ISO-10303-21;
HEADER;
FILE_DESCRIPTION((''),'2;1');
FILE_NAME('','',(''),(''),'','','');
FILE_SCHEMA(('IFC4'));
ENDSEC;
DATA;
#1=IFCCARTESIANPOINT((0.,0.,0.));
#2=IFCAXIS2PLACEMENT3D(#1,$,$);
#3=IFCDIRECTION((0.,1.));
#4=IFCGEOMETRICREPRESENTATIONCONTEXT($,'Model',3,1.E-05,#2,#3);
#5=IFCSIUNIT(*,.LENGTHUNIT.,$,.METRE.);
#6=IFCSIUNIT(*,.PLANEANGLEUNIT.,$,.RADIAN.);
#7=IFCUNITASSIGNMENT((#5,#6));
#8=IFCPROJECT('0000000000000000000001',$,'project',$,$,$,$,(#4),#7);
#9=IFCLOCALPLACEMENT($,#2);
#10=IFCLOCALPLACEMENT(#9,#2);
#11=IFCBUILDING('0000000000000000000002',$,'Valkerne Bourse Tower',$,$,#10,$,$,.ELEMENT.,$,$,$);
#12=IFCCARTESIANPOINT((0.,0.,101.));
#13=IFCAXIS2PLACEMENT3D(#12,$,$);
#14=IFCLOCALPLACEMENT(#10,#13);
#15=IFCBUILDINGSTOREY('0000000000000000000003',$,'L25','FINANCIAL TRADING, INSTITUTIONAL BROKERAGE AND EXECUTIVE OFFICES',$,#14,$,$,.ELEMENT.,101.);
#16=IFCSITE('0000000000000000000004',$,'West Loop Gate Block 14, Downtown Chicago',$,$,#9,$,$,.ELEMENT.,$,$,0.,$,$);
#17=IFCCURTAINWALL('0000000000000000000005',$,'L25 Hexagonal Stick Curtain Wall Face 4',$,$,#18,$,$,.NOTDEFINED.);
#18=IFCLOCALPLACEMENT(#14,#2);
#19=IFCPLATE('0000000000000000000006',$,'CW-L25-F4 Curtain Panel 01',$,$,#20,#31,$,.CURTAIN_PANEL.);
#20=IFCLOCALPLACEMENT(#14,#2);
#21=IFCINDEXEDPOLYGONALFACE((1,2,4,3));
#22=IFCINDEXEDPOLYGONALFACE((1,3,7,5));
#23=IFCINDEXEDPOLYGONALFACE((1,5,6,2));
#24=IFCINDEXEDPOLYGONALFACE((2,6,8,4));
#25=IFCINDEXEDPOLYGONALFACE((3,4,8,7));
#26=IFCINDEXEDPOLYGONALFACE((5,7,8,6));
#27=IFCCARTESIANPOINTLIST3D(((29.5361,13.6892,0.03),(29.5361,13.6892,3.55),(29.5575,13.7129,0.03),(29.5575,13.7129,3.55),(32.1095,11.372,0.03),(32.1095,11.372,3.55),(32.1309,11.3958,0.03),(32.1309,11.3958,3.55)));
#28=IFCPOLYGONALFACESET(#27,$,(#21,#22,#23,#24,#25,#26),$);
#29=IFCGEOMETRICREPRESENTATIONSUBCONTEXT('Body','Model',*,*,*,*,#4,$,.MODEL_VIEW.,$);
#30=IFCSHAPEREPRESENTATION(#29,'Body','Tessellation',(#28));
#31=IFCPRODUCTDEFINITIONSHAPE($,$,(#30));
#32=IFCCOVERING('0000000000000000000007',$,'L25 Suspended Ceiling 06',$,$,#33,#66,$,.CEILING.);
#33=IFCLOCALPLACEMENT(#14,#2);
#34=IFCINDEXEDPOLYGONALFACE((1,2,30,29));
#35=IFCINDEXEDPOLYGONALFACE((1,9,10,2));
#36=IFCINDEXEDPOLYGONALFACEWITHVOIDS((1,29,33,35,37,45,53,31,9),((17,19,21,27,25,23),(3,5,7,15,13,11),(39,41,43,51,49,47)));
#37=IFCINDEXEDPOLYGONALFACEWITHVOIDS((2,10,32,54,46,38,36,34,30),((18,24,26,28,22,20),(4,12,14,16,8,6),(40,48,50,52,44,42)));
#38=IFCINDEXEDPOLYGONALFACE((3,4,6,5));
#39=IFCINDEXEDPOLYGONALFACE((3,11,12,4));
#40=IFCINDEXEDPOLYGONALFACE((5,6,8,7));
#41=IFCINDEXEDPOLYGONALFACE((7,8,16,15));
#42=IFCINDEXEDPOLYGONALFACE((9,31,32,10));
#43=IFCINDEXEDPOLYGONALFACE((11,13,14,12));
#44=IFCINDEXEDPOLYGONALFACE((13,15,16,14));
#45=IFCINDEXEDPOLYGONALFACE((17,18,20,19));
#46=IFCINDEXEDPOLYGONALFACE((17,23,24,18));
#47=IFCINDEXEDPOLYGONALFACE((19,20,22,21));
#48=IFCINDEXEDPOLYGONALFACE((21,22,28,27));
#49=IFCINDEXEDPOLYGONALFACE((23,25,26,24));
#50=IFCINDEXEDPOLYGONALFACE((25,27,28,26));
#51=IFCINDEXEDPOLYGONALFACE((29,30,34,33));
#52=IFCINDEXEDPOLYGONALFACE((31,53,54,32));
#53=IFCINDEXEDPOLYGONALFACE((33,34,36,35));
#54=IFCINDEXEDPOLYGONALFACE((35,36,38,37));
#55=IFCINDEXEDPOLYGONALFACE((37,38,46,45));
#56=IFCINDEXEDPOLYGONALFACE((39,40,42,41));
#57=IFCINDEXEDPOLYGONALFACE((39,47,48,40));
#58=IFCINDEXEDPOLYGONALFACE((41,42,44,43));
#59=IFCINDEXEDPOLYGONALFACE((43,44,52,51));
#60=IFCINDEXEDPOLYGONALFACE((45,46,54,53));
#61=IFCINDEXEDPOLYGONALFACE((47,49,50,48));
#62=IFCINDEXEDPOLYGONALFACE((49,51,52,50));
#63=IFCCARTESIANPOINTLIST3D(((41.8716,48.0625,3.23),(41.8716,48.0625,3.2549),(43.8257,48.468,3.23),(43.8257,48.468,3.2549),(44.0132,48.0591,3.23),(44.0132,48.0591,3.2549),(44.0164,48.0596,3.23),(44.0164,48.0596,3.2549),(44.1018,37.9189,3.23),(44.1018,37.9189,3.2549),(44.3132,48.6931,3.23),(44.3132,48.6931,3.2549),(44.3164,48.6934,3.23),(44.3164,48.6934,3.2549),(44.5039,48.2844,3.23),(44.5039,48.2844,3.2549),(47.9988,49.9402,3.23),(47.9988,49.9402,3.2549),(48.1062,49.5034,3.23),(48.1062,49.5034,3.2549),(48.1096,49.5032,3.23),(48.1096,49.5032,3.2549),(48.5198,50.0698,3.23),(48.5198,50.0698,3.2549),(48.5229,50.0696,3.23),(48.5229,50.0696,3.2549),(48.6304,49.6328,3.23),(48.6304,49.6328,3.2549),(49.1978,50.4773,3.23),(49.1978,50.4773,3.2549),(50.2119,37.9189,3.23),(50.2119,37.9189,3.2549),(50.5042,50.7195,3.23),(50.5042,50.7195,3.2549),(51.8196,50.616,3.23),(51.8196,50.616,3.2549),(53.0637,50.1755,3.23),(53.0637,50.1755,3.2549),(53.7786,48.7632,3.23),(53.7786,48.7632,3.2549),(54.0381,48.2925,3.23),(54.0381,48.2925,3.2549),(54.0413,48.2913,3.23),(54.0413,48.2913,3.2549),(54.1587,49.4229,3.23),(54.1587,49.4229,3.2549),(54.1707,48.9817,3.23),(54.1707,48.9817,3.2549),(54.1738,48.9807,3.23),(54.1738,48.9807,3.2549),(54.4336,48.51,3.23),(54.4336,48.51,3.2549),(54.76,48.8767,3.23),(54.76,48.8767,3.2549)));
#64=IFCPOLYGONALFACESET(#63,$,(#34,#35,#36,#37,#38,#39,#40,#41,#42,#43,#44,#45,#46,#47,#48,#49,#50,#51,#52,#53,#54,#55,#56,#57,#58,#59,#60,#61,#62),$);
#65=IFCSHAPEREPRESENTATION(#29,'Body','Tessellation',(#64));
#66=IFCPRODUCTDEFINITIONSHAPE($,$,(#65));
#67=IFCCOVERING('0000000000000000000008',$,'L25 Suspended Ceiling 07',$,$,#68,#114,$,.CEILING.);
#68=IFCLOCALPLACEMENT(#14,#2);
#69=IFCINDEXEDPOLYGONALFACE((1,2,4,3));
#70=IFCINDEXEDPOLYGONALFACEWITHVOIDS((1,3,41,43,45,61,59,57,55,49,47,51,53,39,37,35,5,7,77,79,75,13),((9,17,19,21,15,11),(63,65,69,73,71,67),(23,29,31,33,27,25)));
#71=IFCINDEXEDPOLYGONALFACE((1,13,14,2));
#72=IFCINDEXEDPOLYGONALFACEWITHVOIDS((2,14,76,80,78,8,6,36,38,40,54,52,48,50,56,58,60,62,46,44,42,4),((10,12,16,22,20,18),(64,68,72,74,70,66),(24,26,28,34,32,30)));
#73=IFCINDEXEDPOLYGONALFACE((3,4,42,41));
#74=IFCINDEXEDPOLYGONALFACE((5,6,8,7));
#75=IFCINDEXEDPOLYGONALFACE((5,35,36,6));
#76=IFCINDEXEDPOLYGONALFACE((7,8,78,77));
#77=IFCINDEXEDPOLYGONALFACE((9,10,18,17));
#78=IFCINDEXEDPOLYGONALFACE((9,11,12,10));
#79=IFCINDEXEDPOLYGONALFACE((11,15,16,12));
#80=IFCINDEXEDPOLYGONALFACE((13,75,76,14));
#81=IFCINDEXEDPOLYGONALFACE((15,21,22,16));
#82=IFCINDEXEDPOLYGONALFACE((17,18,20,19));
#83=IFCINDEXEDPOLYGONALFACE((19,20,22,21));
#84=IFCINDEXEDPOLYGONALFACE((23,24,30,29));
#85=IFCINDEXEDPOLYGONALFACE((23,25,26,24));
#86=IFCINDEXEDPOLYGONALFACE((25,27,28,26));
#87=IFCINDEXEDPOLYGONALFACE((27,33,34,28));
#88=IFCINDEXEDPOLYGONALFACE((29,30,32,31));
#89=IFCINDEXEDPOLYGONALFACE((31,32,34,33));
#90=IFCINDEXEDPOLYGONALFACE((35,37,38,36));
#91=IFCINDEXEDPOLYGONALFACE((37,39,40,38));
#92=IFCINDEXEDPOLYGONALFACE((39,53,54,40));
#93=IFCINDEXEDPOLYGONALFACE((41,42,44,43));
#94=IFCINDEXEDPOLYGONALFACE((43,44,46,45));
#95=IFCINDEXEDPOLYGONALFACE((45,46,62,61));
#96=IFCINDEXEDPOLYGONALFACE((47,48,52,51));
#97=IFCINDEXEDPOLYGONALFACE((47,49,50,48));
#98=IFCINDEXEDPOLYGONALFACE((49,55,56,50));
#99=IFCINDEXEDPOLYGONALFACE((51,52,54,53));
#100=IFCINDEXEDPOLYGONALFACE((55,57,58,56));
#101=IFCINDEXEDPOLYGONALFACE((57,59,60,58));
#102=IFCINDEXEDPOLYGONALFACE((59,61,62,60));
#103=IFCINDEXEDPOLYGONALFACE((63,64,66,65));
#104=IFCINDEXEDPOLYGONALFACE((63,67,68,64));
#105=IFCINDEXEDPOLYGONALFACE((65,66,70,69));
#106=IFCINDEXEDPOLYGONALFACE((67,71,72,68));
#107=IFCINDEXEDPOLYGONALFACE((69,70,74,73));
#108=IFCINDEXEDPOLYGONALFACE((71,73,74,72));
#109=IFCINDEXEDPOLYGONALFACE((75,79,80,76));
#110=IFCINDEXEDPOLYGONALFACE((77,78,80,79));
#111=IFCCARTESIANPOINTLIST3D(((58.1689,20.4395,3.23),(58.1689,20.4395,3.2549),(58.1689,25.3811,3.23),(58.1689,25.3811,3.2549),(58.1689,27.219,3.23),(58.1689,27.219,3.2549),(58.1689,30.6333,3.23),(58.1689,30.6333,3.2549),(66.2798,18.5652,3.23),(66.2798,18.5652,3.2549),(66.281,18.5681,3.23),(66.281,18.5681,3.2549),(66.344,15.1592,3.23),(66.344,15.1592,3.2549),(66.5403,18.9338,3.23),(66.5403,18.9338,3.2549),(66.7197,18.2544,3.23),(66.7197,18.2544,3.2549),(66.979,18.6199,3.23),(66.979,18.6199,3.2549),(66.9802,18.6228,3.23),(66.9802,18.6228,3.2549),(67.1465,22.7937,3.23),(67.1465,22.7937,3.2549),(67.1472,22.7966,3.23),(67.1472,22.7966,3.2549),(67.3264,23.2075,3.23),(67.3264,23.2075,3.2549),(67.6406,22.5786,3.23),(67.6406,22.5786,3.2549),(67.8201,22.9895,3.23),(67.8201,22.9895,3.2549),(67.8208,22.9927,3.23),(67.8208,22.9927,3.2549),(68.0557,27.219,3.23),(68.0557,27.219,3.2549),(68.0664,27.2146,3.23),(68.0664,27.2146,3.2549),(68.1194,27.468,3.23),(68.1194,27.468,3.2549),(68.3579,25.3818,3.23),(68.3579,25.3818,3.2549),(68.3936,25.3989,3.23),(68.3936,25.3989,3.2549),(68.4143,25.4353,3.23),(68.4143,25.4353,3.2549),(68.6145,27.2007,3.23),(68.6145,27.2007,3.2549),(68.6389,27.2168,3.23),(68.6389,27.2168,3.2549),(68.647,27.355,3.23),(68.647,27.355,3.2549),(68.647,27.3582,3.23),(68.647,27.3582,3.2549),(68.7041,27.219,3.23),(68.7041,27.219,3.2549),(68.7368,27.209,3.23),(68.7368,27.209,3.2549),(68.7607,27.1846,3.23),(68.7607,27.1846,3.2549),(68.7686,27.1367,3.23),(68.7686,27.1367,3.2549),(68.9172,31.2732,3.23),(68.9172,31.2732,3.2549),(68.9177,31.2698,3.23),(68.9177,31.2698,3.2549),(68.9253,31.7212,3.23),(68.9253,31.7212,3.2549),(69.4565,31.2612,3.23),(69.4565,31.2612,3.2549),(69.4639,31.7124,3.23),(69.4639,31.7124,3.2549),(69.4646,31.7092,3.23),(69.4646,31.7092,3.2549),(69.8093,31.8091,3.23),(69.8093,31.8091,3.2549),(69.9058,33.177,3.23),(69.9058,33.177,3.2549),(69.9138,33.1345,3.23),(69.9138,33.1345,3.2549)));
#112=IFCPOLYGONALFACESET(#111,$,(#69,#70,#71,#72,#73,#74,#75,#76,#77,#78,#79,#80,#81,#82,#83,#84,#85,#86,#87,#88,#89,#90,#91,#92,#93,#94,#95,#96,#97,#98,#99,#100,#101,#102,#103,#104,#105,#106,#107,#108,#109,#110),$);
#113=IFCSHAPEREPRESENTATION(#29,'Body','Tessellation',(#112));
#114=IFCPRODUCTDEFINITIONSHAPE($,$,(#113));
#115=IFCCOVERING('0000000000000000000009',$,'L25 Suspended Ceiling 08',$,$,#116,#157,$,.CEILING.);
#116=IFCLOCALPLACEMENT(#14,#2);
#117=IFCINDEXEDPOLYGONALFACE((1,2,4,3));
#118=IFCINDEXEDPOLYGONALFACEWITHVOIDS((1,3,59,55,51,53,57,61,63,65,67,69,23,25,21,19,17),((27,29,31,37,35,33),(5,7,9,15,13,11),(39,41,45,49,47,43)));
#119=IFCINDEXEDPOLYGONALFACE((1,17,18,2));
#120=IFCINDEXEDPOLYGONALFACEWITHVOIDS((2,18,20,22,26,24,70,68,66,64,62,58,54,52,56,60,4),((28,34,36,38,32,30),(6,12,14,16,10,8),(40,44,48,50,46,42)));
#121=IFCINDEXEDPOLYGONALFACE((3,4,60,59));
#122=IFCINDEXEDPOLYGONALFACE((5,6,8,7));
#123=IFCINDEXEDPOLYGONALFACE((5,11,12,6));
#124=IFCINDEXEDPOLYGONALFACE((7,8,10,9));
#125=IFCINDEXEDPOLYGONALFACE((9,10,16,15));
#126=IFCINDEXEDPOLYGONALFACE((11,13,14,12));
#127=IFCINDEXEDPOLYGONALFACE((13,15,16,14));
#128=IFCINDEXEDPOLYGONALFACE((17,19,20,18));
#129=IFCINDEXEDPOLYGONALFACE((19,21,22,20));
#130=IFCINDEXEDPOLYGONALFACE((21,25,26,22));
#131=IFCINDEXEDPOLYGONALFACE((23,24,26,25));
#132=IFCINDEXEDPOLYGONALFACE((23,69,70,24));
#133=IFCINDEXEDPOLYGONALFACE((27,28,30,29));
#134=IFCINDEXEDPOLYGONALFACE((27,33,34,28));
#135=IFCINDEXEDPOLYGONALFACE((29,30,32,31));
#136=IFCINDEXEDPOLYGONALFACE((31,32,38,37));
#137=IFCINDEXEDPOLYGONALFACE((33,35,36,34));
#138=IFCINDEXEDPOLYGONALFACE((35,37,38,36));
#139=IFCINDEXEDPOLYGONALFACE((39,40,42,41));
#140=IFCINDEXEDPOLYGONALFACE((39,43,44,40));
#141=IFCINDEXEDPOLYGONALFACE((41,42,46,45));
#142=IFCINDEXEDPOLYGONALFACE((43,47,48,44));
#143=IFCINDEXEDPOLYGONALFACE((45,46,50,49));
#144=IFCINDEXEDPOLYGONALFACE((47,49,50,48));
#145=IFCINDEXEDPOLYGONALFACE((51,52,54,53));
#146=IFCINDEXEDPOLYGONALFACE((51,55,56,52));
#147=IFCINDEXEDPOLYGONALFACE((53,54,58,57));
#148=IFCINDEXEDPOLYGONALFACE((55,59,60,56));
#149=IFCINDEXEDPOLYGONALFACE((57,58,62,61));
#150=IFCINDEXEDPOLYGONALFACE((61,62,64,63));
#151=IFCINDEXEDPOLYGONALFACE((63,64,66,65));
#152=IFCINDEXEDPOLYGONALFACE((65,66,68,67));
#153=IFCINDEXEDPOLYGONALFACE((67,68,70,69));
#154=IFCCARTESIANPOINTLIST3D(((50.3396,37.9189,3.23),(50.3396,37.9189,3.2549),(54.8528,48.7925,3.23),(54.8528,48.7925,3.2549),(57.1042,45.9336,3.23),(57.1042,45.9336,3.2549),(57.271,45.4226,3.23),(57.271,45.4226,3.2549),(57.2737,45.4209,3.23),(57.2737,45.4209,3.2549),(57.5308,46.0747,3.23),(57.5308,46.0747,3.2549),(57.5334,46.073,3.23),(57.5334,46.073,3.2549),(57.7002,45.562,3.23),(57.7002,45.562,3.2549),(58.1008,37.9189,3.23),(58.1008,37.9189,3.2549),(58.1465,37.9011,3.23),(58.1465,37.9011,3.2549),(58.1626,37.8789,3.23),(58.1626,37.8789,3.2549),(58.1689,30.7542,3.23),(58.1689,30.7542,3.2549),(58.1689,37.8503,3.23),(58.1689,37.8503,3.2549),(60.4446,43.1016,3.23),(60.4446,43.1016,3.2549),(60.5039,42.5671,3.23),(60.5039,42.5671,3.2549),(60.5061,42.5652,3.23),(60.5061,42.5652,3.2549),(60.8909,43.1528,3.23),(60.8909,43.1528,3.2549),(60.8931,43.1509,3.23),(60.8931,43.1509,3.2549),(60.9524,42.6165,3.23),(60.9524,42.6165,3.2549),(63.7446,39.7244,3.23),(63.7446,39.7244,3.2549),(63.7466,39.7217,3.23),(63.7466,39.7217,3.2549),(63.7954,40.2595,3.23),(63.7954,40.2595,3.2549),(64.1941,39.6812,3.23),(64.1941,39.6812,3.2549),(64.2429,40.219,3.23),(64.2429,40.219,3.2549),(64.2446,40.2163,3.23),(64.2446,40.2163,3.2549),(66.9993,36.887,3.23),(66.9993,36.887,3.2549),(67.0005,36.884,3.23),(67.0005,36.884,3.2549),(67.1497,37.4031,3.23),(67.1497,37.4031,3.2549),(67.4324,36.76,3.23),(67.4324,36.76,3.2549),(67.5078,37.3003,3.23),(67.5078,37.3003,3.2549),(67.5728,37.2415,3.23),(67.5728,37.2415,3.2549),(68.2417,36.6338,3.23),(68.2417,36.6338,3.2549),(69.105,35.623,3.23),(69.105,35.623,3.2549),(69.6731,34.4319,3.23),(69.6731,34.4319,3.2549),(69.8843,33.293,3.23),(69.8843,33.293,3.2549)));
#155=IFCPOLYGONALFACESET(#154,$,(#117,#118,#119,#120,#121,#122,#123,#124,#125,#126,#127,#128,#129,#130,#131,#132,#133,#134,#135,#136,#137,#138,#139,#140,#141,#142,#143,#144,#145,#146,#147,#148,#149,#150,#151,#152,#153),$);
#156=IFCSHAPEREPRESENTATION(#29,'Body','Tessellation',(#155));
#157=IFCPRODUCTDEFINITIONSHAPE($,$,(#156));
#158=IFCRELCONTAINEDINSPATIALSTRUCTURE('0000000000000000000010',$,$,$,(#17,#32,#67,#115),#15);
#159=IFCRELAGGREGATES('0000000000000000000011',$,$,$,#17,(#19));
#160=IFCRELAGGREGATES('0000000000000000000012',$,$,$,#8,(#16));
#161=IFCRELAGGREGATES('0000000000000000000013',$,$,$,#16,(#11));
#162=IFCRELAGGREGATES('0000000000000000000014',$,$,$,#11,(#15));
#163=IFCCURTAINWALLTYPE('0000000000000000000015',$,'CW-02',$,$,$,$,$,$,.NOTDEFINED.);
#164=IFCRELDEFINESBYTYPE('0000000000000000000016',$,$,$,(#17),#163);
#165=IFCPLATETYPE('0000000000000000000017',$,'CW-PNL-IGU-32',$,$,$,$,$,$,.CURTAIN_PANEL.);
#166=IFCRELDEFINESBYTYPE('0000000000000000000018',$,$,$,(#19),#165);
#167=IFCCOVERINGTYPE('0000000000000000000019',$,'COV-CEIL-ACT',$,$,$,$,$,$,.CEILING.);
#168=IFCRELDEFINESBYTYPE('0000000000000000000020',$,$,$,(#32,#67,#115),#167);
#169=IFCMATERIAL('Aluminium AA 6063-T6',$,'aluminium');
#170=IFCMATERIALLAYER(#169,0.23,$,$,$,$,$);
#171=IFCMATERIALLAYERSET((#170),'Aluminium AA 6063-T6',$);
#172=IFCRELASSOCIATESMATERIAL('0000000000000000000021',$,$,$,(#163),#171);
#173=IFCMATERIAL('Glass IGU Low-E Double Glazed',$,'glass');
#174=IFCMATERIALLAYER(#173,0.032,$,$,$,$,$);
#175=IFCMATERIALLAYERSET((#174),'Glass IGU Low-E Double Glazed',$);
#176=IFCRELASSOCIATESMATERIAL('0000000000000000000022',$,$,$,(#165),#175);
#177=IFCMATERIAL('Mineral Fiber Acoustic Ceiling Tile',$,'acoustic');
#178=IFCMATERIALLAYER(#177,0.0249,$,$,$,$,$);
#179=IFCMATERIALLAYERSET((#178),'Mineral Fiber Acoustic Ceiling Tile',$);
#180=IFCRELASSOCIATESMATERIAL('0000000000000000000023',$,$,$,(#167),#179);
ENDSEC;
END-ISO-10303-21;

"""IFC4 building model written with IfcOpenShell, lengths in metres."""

from ifc_helpers import new_model, si_unit, direction, frame, origin, origin_2d, place, context, subcontext, project, spatial, polyline, rectangle, outline, extrude, material, layer, layer_set, type_object, element, aggregate, save


model = new_model("IFC4")

# Units and contexts
model_context = context("Model", 3, precision=1e-05, world=origin(), true_north=direction((0.0, 1.0)))
body_context = subcontext(model_context, "Body", "Model", "MODEL_VIEW")
ifc_project = project(units=[si_unit("LENGTHUNIT", "METRE"), si_unit("PLANEANGLEUNIT", "RADIAN")], contexts=[model_context])

# Site, building, storey
site_placement = place(None, origin())
site = spatial("IfcSite", under=ifc_project, at=site_placement, Name="West Loop Gate Block 14, Downtown Chicago", CompositionType="ELEMENT", RefElevation=0.0)
building_placement = place(site_placement, origin())
building = spatial("IfcBuilding", under=site, at=building_placement, Name="Valkerne Bourse Tower", CompositionType="ELEMENT")
storey_placement = place(building_placement, frame((0.0, 0.0, 101.0)))
storey = spatial("IfcBuildingStorey", under=building, at=storey_placement, Name="L25", Description="FINANCIAL TRADING, INSTITUTIONAL BROKERAGE AND EXECUTIVE OFFICES", CompositionType="ELEMENT", Elevation=101.0)

# Curtain wall
ifc_material_1 = material(Name="Aluminium AA 6063-T6", Category="aluminium")
ifc_layer_1 = layer(ifc_material_1, 0.23)
ifc_layer_set_1 = layer_set([ifc_layer_1], Name="Aluminium AA 6063-T6")
curtain_wall_type = type_object("IfcCurtainWallType", Name="CW-02", PredefinedType="NOTDEFINED", material=ifc_layer_set_1)
curtain_wall_placement = place(storey_placement, origin())
curtain_wall = element("IfcCurtainWall", 1, at=curtain_wall_placement, inside=storey, type_object=curtain_wall_type, Name="L25 Hexagonal Stick Curtain Wall Face 4", PredefinedType="NOTDEFINED")

# Plate
ifc_material_2 = material(Name="Glass IGU Low-E Double Glazed", Category="glass")
ifc_layer_2 = layer(ifc_material_2, 0.032)
ifc_layer_set_2 = layer_set([ifc_layer_2], Name="Glass IGU Low-E Double Glazed")
plate_type = type_object("IfcPlateType", Name="CW-PNL-IGU-32", PredefinedType="CURTAIN_PANEL", material=ifc_layer_set_2)
plate_1_placement = place(storey_placement, frame((30.8335, 12.5425, 0.03), z_axis=(0.0, 0.0, 1.0), x_axis=(0.743144, -0.669131, 0.0)))
plate_1 = element("IfcPlate", 2, at=plate_1_placement, type_object=plate_type, Name="CW-L25-F4 Curtain Panel 01", PredefinedType="CURTAIN_PANEL", context=body_context, shape_type="SweptSolid", body=[
    extrude(rectangle(XDim=3.4629, YDim=0.032, at=origin_2d()), origin(), (0.0, 0.0, 1.0), 3.52),
])
aggregate(curtain_wall, [plate_1])

# Coverings
ifc_material_3 = material(Name="Mineral Fiber Acoustic Ceiling Tile", Category="acoustic")
ifc_layer_3 = layer(ifc_material_3, 0.0249)
ifc_layer_set_3 = layer_set([ifc_layer_3], Name="Mineral Fiber Acoustic Ceiling Tile")
covering_type_1 = type_object("IfcCoveringType", Name="COV-CEIL-ACT", PredefinedType="CEILING", material=ifc_layer_set_3)
covering_1_placement = place(storey_placement, frame((0.0, 0.0, 3.23)))
element("IfcCovering", 3, at=covering_1_placement, inside=storey, type_object=covering_type_1, Name="L25 Suspended Ceiling 06", PredefinedType="CEILING", context=body_context, shape_type="SweptSolid", body=[
    extrude(outline(polyline([(51.8196, 50.616), (53.0637, 50.1755), (54.1587, 49.4229), (54.76, 48.8767), (50.2119, 37.9189), (44.1018, 37.9189), (41.8716, 48.0625), (49.1978, 50.4773), (50.5042, 50.7195), (51.8196, 50.616)]), holes=[polyline([(44.5039, 48.2844), (44.3164, 48.6934), (44.3132, 48.6931), (43.8257, 48.468), (44.0132, 48.0591), (44.0164, 48.0596), (44.5039, 48.2844)]), polyline([(54.1738, 48.9807), (54.1707, 48.9817), (53.7786, 48.7632), (54.0381, 48.2925), (54.0413, 48.2913), (54.4336, 48.51), (54.1738, 48.9807)]), polyline([(48.5229, 50.0696), (48.5198, 50.0698), (47.9988, 49.9402), (48.1062, 49.5034), (48.1096, 49.5032), (48.6304, 49.6328), (48.5229, 50.0696)])]), origin(), (0.0, 0.0, 1.0), 0.0249),
])
covering_2_placement = place(storey_placement, frame((0.0, 0.0, 3.23)))
element("IfcCovering", 4, at=covering_2_placement, inside=storey, type_object=covering_type_1, Name="L25 Suspended Ceiling 07", PredefinedType="CEILING", context=body_context, shape_type="SweptSolid", body=[
    extrude(outline(polyline([(66.344, 15.1592), (58.1689, 20.4395), (58.1689, 25.3811), (68.3579, 25.3818), (68.3936, 25.3989), (68.4143, 25.4353), (68.7686, 27.1367), (68.7607, 27.1846), (68.7368, 27.209), (68.7041, 27.219), (68.6389, 27.2168), (68.6145, 27.2007), (68.647, 27.355), (68.647, 27.3582), (68.1194, 27.468), (68.0664, 27.2146), (68.0557, 27.219), (58.1689, 27.219), (58.1689, 30.6333), (69.9058, 33.177), (69.9138, 33.1345), (69.8093, 31.8091), (66.344, 15.1592)]), holes=[polyline([(66.9802, 18.6228), (66.5403, 18.9338), (66.281, 18.5681), (66.2798, 18.5652), (66.7197, 18.2544), (66.979, 18.6199), (66.9802, 18.6228)]), polyline([(67.8208, 22.9927), (67.3264, 23.2075), (67.1472, 22.7966), (67.1465, 22.7937), (67.6406, 22.5786), (67.8201, 22.9895), (67.8208, 22.9927)]), polyline([(69.4639, 31.7124), (68.9253, 31.7212), (68.9172, 31.2732), (68.9177, 31.2698), (69.4565, 31.2612), (69.4646, 31.7092), (69.4639, 31.7124)])]), origin(), (0.0, 0.0, 1.0), 0.0249),
])
covering_3_placement = place(storey_placement, frame((0.0, 0.0, 3.23)))
element("IfcCovering", 5, at=covering_3_placement, inside=storey, type_object=covering_type_1, Name="L25 Suspended Ceiling 08", PredefinedType="CEILING", context=body_context, shape_type="SweptSolid", body=[
    extrude(outline(polyline([(69.6731, 34.4319), (69.8843, 33.293), (58.1689, 30.7542), (58.1689, 37.8503), (58.1626, 37.8789), (58.1465, 37.9011), (58.1008, 37.9189), (50.3396, 37.9189), (54.8528, 48.7925), (67.5078, 37.3003), (67.1497, 37.4031), (66.9993, 36.887), (67.0005, 36.884), (67.4324, 36.76), (67.5728, 37.2415), (68.2417, 36.6338), (69.105, 35.623), (69.6731, 34.4319)]), holes=[polyline([(64.2446, 40.2163), (64.2429, 40.219), (63.7954, 40.2595), (63.7446, 39.7244), (63.7466, 39.7217), (64.1941, 39.6812), (64.2446, 40.2163)]), polyline([(60.8931, 43.1509), (60.8909, 43.1528), (60.4446, 43.1016), (60.5039, 42.5671), (60.5061, 42.5652), (60.9524, 42.6165), (60.8931, 43.1509)]), polyline([(57.7002, 45.562), (57.5334, 46.073), (57.5308, 46.0747), (57.1042, 45.9336), (57.271, 45.4226), (57.2737, 45.4209), (57.7002, 45.562)])]), origin(), (0.0, 0.0, 1.0), 0.0249),
])

save(model, "model.ifc")
